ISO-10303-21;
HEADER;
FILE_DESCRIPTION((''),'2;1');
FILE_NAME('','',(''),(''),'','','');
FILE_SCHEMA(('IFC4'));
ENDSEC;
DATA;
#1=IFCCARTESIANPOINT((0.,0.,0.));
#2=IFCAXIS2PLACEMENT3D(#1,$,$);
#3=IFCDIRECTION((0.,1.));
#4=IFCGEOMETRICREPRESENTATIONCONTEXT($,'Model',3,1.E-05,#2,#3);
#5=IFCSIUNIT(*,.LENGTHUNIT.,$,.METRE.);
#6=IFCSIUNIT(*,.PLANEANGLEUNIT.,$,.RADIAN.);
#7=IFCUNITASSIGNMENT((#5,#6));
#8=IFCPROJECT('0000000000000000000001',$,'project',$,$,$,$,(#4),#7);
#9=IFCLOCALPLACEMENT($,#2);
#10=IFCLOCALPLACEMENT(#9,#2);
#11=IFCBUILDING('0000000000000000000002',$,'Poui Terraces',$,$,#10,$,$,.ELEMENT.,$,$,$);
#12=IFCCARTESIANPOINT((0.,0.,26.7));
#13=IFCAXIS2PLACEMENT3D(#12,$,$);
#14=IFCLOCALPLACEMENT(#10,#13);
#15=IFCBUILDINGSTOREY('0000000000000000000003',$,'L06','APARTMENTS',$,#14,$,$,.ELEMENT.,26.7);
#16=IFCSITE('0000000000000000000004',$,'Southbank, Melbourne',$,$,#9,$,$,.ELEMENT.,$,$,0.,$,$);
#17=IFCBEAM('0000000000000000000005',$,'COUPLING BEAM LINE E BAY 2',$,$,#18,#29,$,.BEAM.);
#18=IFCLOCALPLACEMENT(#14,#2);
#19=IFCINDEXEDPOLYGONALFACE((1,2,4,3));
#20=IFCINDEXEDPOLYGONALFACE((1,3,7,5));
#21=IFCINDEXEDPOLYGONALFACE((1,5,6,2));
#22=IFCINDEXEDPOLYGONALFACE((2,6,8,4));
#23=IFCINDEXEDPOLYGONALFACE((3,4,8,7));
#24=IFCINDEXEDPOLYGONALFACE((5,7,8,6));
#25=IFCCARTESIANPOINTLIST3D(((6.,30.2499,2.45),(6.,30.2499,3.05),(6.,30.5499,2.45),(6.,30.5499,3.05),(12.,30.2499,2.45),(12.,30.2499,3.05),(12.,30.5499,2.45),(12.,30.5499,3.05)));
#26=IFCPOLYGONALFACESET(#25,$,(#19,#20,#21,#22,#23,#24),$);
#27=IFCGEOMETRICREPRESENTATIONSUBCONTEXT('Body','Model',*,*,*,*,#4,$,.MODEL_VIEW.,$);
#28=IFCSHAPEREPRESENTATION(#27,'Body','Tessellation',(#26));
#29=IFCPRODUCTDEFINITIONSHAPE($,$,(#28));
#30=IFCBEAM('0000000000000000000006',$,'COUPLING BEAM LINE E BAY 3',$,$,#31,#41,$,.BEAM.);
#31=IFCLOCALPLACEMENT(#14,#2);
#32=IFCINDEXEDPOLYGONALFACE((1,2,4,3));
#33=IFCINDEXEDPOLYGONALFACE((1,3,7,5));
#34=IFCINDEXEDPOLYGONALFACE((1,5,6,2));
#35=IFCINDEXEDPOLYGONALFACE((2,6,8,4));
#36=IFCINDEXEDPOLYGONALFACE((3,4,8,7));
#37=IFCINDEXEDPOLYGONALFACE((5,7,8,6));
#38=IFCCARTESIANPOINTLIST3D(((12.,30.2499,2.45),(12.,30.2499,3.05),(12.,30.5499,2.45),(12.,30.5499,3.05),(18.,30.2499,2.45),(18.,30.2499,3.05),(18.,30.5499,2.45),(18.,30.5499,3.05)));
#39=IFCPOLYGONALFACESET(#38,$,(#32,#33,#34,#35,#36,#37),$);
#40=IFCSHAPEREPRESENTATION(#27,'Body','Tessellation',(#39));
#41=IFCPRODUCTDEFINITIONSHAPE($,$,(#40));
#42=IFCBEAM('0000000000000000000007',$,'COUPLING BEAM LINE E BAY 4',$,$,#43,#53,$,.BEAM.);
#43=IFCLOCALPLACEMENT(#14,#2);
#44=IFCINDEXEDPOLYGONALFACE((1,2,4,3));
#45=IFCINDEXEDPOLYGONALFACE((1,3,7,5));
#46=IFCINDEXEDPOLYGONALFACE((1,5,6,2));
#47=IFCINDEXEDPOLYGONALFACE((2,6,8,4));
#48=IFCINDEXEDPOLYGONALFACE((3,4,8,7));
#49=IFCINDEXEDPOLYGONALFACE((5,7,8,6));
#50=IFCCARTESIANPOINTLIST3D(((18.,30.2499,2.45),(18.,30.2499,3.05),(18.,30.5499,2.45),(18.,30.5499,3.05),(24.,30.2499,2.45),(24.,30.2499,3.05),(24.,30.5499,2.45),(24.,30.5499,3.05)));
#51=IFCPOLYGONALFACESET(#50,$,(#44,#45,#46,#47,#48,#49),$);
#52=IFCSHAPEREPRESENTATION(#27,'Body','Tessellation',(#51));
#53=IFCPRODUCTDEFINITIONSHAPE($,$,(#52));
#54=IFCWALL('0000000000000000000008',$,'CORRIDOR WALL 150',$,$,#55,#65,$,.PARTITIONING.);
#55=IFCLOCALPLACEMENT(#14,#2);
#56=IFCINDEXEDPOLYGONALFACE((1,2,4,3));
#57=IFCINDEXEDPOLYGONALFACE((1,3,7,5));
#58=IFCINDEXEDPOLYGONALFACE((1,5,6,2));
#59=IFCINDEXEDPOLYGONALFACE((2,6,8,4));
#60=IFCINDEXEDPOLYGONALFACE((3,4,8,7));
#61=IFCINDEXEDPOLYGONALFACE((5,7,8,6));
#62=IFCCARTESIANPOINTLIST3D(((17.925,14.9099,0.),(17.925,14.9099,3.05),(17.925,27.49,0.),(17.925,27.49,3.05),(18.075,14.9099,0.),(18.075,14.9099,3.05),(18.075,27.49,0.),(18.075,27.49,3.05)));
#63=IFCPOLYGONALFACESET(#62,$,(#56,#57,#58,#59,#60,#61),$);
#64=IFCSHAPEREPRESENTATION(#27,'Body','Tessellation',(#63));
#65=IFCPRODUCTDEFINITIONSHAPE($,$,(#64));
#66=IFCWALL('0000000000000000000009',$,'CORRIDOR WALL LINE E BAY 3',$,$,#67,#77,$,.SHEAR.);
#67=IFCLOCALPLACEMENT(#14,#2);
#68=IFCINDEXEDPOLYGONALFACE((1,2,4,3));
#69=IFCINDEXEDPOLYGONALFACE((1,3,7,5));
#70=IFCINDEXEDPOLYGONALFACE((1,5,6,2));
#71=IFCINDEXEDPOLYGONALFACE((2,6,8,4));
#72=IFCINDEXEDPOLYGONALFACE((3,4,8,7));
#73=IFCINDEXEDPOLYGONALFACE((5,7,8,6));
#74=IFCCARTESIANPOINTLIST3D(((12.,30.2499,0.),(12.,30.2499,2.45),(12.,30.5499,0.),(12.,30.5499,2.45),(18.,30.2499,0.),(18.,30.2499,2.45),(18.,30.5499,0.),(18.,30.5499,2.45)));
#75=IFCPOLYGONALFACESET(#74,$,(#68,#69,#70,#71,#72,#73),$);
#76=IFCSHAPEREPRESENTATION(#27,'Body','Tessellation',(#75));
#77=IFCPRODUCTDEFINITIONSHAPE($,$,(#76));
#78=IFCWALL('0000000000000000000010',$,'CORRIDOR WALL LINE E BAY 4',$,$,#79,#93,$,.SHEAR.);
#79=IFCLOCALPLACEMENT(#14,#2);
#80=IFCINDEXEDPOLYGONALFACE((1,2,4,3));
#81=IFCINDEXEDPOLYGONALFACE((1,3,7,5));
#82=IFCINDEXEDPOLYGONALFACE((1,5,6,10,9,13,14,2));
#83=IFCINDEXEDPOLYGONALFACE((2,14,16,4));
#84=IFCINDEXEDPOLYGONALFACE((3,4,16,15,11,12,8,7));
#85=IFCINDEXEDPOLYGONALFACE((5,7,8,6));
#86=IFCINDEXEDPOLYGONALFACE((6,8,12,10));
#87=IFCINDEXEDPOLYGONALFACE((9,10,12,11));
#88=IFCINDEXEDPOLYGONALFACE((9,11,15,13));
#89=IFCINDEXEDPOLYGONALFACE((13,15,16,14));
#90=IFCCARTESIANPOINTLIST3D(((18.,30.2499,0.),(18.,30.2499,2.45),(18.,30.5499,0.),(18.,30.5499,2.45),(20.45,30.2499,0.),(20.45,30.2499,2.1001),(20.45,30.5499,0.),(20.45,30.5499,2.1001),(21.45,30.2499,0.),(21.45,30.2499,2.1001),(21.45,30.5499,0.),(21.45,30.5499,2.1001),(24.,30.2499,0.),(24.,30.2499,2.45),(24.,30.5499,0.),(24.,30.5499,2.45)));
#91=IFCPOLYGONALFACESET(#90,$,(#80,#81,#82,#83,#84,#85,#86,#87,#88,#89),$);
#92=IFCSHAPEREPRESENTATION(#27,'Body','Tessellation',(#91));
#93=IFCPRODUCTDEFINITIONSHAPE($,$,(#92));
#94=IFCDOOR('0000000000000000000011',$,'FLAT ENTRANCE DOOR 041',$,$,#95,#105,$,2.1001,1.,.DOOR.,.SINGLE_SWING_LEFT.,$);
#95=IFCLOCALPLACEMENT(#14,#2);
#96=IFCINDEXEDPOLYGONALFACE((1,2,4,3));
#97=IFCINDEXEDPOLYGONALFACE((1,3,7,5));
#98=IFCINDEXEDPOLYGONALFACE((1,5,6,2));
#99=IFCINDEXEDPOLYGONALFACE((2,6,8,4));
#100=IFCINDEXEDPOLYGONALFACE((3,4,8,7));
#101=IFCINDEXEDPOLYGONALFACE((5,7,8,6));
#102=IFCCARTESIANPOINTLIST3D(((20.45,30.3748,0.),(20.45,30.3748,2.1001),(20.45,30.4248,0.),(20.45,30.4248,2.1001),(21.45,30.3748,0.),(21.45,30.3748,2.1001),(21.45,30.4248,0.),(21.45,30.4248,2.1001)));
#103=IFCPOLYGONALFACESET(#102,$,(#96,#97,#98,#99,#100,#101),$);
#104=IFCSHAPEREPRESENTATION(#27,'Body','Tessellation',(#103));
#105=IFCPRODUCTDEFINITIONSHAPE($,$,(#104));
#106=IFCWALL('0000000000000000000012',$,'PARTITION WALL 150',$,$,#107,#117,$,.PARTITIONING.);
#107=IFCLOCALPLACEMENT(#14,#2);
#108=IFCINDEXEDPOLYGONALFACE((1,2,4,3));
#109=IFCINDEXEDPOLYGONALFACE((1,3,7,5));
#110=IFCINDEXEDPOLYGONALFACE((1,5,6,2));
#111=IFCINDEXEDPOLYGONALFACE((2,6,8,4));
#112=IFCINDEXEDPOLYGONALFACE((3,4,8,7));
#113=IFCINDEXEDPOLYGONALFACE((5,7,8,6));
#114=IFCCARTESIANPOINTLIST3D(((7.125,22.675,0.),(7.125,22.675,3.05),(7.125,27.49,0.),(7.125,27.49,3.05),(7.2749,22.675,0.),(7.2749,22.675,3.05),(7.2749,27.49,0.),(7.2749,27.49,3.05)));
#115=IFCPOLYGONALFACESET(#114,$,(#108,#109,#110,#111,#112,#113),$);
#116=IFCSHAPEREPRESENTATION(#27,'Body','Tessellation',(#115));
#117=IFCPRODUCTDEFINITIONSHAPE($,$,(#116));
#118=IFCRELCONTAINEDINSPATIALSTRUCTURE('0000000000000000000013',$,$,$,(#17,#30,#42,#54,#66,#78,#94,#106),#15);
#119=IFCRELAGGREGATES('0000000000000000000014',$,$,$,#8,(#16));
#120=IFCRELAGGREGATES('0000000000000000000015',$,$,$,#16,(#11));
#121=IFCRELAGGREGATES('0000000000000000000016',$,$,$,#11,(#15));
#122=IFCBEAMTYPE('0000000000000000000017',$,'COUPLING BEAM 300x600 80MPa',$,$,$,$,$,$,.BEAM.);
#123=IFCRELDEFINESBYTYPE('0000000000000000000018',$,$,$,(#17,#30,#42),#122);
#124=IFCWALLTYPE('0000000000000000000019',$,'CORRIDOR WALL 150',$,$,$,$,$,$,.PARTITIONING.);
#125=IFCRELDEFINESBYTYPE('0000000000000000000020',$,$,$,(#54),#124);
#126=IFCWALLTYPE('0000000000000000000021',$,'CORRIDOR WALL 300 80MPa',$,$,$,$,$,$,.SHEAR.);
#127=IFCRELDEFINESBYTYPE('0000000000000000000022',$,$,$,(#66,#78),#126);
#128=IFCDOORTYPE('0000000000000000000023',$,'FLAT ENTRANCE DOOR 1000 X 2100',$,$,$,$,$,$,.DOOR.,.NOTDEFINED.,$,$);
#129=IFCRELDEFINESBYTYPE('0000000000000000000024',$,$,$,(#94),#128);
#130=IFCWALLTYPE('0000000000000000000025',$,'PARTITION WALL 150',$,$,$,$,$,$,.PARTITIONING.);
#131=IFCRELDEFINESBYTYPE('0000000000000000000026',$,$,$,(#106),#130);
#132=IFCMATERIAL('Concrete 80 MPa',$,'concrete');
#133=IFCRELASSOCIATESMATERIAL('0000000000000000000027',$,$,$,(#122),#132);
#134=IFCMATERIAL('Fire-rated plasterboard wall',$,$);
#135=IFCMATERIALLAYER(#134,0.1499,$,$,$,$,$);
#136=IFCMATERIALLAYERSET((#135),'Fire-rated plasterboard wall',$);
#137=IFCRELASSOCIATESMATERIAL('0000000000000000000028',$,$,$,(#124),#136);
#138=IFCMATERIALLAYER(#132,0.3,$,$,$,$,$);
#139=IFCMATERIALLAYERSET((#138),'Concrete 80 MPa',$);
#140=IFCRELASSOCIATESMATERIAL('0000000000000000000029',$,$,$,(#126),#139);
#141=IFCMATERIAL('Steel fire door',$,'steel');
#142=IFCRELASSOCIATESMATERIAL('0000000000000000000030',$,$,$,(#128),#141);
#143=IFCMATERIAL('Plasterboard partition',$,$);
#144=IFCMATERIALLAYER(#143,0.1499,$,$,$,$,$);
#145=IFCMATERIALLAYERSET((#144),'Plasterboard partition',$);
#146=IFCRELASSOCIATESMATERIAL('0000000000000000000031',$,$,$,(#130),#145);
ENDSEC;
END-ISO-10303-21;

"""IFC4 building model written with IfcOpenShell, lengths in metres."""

from ifc_helpers import new_model, si_unit, direction, frame, frame_2d, origin, origin_2d, place, context, subcontext, project, spatial, rectangle, extrude, source, transform, mapped, material, layer, layer_set, material_profile, profile_set, type_object, element, fill, save


model = new_model("IFC4")

# Units and contexts
model_context = context("Model", 3, precision=1e-05, world=origin(), true_north=direction((0.0, 1.0)))
body_context = subcontext(model_context, "Body", "Model", "MODEL_VIEW")
ifc_project = project(units=[si_unit("LENGTHUNIT", "METRE"), si_unit("PLANEANGLEUNIT", "RADIAN")], contexts=[model_context])

# Site, building, storey
site_placement = place(None, origin())
site = spatial("IfcSite", under=ifc_project, at=site_placement, Name="Southbank, Melbourne", CompositionType="ELEMENT", RefElevation=0.0)
building_placement = place(site_placement, origin())
building = spatial("IfcBuilding", under=site, at=building_placement, Name="Poui Terraces", CompositionType="ELEMENT")
storey_placement = place(building_placement, frame((0.0, 0.0, 26.7)))
storey = spatial("IfcBuildingStorey", under=building, at=storey_placement, Name="L06", Description="APARTMENTS", CompositionType="ELEMENT", Elevation=26.7)

# Beams
ifc_material_1 = material(Name="Concrete 80 MPa", Category="concrete")
ifc_material_profile = material_profile(ifc_material_1, rectangle(XDim=0.3, YDim=0.6001, at=origin_2d()), Name="RC 300x600")
ifc_profile_set = profile_set([ifc_material_profile], Name="Concrete 80 MPa")
beam_type = type_object("IfcBeamType", Name="COUPLING BEAM 300x600 80MPa", PredefinedType="BEAM", material=ifc_profile_set)
shared_shape = source(origin(), body_context, "Body", "SweptSolid", [
    extrude(rectangle(XDim=0.3, YDim=0.6001, at=origin_2d()), origin(), (0.0, 0.0, 1.0), 6.0),
])
for number, where, z_axis, x_axis, name in (
    (1, (6.0, 30.3999, 2.75), (1.0, 0.0, 0.0), (0.0, 1.0, 0.0), "COUPLING BEAM LINE E BAY 2"),
    (2, (12.0, 30.3999, 2.75), (1.0, 0.0, 0.0), (0.0, 1.0, 0.0), "COUPLING BEAM LINE E BAY 3"),
    (3, (18.0, 30.3999, 2.75), (1.0, 0.0, 0.0), (0.0, 1.0, 0.0), "COUPLING BEAM LINE E BAY 4"),
):
    element("IfcBeam", number, at=place(storey_placement, frame(where, z_axis=z_axis, x_axis=x_axis)), inside=storey, type_object=beam_type, Name=name, PredefinedType="BEAM", context=body_context, shape_type="MappedRepresentation", body=[
        mapped(shared_shape, transform((0.0, 0.0, 0.0))),
    ])

# Walls
ifc_material_2 = material(Name="Fire-rated plasterboard wall")
ifc_layer_1 = layer(ifc_material_2, 0.1499)
ifc_layer_set_1 = layer_set([ifc_layer_1], Name="Fire-rated plasterboard wall")
wall_type_1 = type_object("IfcWallType", Name="CORRIDOR WALL 150", PredefinedType="PARTITIONING", material=ifc_layer_set_1)
wall_1_placement = place(storey_placement, frame((18.0, 14.9099, 0.0), z_axis=(0.0, 0.0, 1.0), x_axis=(0.0, 1.0, 0.0)))
element("IfcWall", 4, at=wall_1_placement, inside=storey, type_object=wall_type_1, Name="CORRIDOR WALL 150", PredefinedType="PARTITIONING", context=body_context, shape_type="SweptSolid", body=[
    extrude(rectangle(XDim=12.5801, YDim=0.1499, at=frame_2d((6.29, 0.0))), origin(), (0.0, 0.0, 1.0), 3.05),
])
ifc_layer_2 = layer(ifc_material_1, 0.3)
ifc_layer_set_2 = layer_set([ifc_layer_2], Name="Concrete 80 MPa")
wall_type_2 = type_object("IfcWallType", Name="CORRIDOR WALL 300 80MPa", PredefinedType="SHEAR", material=ifc_layer_set_2)
wall_2_placement = place(storey_placement, frame((12.0, 30.3999, 0.0), z_axis=(0.0, 0.0, 1.0), x_axis=(1.0, 0.0, 0.0)))
element("IfcWall", 5, at=wall_2_placement, inside=storey, type_object=wall_type_2, Name="CORRIDOR WALL LINE E BAY 3", PredefinedType="SHEAR", context=body_context, shape_type="SweptSolid", body=[
    extrude(rectangle(XDim=6.0, YDim=0.3, at=frame_2d((3.0, 0.0))), origin(), (0.0, 0.0, 1.0), 2.45),
])

# Wall, opening, door
wall_3_placement = place(storey_placement, frame((18.0, 30.3999, 0.0), z_axis=(0.0, 0.0, 1.0), x_axis=(1.0, 0.0, 0.0)))
wall_3 = element("IfcWall", 6, at=wall_3_placement, inside=storey, type_object=wall_type_2, Name="CORRIDOR WALL LINE E BAY 4", PredefinedType="SHEAR", context=body_context, shape_type="SweptSolid", body=[
    extrude(rectangle(XDim=6.0, YDim=0.3, at=frame_2d((3.0, 0.0))), origin(), (0.0, 0.0, 1.0), 2.45),
])
opening_placement = place(wall_3_placement, frame((2.45, 0.0, 0.0)))
opening = element("IfcOpeningElement", 7, at=opening_placement, cuts=wall_3, PredefinedType="OPENING", context=body_context, shape_type="SweptSolid", body=[
    extrude(rectangle(XDim=1.0, YDim=2.1001, at=frame_2d((0.5, 1.05))), frame((0.0, 0.1602, 0.0), z_axis=(0.0, -1.0, 0.0), x_axis=(1.0, 0.0, 0.0)), (0.0, 0.0, 1.0), 0.3201),
])
ifc_material_3 = material(Name="Steel fire door", Category="steel")
door_type = type_object("IfcDoorType", Name="FLAT ENTRANCE DOOR 1000 X 2100", OperationType="NOTDEFINED", PredefinedType="DOOR", material=ifc_material_3)
door_placement = place(opening_placement, origin())
door = element("IfcDoor", 8, at=door_placement, inside=storey, type_object=door_type, Name="FLAT ENTRANCE DOOR 041", OperationType="SINGLE_SWING_LEFT", OverallHeight=2.1001, OverallWidth=1.0, PredefinedType="DOOR", context=body_context, shape_type="SweptSolid", body=[
    extrude(rectangle(XDim=1.0, YDim=2.1001, at=frame_2d((0.5, 1.05))), frame((0.0, 0.0249, 0.0), z_axis=(0.0, -1.0, 0.0), x_axis=(1.0, 0.0, 0.0)), (0.0, 0.0, 1.0), 0.05),
])
fill(opening, door)

# Wall
ifc_material_4 = material(Name="Plasterboard partition")
ifc_layer_3 = layer(ifc_material_4, 0.1499)
ifc_layer_set_3 = layer_set([ifc_layer_3], Name="Plasterboard partition")
wall_type_3 = type_object("IfcWallType", Name="PARTITION WALL 150", PredefinedType="PARTITIONING", material=ifc_layer_set_3)
wall_4_placement = place(storey_placement, frame((7.2, 22.675, 0.0), z_axis=(0.0, 0.0, 1.0), x_axis=(0.0, 1.0, 0.0)))
element("IfcWall", 9, at=wall_4_placement, inside=storey, type_object=wall_type_3, Name="PARTITION WALL 150", PredefinedType="PARTITIONING", context=body_context, shape_type="SweptSolid", body=[
    extrude(rectangle(XDim=4.8149, YDim=0.1499, at=frame_2d((2.4075, 0.0))), origin(), (0.0, 0.0, 1.0), 3.05),
])

save(model, "model.ifc")
